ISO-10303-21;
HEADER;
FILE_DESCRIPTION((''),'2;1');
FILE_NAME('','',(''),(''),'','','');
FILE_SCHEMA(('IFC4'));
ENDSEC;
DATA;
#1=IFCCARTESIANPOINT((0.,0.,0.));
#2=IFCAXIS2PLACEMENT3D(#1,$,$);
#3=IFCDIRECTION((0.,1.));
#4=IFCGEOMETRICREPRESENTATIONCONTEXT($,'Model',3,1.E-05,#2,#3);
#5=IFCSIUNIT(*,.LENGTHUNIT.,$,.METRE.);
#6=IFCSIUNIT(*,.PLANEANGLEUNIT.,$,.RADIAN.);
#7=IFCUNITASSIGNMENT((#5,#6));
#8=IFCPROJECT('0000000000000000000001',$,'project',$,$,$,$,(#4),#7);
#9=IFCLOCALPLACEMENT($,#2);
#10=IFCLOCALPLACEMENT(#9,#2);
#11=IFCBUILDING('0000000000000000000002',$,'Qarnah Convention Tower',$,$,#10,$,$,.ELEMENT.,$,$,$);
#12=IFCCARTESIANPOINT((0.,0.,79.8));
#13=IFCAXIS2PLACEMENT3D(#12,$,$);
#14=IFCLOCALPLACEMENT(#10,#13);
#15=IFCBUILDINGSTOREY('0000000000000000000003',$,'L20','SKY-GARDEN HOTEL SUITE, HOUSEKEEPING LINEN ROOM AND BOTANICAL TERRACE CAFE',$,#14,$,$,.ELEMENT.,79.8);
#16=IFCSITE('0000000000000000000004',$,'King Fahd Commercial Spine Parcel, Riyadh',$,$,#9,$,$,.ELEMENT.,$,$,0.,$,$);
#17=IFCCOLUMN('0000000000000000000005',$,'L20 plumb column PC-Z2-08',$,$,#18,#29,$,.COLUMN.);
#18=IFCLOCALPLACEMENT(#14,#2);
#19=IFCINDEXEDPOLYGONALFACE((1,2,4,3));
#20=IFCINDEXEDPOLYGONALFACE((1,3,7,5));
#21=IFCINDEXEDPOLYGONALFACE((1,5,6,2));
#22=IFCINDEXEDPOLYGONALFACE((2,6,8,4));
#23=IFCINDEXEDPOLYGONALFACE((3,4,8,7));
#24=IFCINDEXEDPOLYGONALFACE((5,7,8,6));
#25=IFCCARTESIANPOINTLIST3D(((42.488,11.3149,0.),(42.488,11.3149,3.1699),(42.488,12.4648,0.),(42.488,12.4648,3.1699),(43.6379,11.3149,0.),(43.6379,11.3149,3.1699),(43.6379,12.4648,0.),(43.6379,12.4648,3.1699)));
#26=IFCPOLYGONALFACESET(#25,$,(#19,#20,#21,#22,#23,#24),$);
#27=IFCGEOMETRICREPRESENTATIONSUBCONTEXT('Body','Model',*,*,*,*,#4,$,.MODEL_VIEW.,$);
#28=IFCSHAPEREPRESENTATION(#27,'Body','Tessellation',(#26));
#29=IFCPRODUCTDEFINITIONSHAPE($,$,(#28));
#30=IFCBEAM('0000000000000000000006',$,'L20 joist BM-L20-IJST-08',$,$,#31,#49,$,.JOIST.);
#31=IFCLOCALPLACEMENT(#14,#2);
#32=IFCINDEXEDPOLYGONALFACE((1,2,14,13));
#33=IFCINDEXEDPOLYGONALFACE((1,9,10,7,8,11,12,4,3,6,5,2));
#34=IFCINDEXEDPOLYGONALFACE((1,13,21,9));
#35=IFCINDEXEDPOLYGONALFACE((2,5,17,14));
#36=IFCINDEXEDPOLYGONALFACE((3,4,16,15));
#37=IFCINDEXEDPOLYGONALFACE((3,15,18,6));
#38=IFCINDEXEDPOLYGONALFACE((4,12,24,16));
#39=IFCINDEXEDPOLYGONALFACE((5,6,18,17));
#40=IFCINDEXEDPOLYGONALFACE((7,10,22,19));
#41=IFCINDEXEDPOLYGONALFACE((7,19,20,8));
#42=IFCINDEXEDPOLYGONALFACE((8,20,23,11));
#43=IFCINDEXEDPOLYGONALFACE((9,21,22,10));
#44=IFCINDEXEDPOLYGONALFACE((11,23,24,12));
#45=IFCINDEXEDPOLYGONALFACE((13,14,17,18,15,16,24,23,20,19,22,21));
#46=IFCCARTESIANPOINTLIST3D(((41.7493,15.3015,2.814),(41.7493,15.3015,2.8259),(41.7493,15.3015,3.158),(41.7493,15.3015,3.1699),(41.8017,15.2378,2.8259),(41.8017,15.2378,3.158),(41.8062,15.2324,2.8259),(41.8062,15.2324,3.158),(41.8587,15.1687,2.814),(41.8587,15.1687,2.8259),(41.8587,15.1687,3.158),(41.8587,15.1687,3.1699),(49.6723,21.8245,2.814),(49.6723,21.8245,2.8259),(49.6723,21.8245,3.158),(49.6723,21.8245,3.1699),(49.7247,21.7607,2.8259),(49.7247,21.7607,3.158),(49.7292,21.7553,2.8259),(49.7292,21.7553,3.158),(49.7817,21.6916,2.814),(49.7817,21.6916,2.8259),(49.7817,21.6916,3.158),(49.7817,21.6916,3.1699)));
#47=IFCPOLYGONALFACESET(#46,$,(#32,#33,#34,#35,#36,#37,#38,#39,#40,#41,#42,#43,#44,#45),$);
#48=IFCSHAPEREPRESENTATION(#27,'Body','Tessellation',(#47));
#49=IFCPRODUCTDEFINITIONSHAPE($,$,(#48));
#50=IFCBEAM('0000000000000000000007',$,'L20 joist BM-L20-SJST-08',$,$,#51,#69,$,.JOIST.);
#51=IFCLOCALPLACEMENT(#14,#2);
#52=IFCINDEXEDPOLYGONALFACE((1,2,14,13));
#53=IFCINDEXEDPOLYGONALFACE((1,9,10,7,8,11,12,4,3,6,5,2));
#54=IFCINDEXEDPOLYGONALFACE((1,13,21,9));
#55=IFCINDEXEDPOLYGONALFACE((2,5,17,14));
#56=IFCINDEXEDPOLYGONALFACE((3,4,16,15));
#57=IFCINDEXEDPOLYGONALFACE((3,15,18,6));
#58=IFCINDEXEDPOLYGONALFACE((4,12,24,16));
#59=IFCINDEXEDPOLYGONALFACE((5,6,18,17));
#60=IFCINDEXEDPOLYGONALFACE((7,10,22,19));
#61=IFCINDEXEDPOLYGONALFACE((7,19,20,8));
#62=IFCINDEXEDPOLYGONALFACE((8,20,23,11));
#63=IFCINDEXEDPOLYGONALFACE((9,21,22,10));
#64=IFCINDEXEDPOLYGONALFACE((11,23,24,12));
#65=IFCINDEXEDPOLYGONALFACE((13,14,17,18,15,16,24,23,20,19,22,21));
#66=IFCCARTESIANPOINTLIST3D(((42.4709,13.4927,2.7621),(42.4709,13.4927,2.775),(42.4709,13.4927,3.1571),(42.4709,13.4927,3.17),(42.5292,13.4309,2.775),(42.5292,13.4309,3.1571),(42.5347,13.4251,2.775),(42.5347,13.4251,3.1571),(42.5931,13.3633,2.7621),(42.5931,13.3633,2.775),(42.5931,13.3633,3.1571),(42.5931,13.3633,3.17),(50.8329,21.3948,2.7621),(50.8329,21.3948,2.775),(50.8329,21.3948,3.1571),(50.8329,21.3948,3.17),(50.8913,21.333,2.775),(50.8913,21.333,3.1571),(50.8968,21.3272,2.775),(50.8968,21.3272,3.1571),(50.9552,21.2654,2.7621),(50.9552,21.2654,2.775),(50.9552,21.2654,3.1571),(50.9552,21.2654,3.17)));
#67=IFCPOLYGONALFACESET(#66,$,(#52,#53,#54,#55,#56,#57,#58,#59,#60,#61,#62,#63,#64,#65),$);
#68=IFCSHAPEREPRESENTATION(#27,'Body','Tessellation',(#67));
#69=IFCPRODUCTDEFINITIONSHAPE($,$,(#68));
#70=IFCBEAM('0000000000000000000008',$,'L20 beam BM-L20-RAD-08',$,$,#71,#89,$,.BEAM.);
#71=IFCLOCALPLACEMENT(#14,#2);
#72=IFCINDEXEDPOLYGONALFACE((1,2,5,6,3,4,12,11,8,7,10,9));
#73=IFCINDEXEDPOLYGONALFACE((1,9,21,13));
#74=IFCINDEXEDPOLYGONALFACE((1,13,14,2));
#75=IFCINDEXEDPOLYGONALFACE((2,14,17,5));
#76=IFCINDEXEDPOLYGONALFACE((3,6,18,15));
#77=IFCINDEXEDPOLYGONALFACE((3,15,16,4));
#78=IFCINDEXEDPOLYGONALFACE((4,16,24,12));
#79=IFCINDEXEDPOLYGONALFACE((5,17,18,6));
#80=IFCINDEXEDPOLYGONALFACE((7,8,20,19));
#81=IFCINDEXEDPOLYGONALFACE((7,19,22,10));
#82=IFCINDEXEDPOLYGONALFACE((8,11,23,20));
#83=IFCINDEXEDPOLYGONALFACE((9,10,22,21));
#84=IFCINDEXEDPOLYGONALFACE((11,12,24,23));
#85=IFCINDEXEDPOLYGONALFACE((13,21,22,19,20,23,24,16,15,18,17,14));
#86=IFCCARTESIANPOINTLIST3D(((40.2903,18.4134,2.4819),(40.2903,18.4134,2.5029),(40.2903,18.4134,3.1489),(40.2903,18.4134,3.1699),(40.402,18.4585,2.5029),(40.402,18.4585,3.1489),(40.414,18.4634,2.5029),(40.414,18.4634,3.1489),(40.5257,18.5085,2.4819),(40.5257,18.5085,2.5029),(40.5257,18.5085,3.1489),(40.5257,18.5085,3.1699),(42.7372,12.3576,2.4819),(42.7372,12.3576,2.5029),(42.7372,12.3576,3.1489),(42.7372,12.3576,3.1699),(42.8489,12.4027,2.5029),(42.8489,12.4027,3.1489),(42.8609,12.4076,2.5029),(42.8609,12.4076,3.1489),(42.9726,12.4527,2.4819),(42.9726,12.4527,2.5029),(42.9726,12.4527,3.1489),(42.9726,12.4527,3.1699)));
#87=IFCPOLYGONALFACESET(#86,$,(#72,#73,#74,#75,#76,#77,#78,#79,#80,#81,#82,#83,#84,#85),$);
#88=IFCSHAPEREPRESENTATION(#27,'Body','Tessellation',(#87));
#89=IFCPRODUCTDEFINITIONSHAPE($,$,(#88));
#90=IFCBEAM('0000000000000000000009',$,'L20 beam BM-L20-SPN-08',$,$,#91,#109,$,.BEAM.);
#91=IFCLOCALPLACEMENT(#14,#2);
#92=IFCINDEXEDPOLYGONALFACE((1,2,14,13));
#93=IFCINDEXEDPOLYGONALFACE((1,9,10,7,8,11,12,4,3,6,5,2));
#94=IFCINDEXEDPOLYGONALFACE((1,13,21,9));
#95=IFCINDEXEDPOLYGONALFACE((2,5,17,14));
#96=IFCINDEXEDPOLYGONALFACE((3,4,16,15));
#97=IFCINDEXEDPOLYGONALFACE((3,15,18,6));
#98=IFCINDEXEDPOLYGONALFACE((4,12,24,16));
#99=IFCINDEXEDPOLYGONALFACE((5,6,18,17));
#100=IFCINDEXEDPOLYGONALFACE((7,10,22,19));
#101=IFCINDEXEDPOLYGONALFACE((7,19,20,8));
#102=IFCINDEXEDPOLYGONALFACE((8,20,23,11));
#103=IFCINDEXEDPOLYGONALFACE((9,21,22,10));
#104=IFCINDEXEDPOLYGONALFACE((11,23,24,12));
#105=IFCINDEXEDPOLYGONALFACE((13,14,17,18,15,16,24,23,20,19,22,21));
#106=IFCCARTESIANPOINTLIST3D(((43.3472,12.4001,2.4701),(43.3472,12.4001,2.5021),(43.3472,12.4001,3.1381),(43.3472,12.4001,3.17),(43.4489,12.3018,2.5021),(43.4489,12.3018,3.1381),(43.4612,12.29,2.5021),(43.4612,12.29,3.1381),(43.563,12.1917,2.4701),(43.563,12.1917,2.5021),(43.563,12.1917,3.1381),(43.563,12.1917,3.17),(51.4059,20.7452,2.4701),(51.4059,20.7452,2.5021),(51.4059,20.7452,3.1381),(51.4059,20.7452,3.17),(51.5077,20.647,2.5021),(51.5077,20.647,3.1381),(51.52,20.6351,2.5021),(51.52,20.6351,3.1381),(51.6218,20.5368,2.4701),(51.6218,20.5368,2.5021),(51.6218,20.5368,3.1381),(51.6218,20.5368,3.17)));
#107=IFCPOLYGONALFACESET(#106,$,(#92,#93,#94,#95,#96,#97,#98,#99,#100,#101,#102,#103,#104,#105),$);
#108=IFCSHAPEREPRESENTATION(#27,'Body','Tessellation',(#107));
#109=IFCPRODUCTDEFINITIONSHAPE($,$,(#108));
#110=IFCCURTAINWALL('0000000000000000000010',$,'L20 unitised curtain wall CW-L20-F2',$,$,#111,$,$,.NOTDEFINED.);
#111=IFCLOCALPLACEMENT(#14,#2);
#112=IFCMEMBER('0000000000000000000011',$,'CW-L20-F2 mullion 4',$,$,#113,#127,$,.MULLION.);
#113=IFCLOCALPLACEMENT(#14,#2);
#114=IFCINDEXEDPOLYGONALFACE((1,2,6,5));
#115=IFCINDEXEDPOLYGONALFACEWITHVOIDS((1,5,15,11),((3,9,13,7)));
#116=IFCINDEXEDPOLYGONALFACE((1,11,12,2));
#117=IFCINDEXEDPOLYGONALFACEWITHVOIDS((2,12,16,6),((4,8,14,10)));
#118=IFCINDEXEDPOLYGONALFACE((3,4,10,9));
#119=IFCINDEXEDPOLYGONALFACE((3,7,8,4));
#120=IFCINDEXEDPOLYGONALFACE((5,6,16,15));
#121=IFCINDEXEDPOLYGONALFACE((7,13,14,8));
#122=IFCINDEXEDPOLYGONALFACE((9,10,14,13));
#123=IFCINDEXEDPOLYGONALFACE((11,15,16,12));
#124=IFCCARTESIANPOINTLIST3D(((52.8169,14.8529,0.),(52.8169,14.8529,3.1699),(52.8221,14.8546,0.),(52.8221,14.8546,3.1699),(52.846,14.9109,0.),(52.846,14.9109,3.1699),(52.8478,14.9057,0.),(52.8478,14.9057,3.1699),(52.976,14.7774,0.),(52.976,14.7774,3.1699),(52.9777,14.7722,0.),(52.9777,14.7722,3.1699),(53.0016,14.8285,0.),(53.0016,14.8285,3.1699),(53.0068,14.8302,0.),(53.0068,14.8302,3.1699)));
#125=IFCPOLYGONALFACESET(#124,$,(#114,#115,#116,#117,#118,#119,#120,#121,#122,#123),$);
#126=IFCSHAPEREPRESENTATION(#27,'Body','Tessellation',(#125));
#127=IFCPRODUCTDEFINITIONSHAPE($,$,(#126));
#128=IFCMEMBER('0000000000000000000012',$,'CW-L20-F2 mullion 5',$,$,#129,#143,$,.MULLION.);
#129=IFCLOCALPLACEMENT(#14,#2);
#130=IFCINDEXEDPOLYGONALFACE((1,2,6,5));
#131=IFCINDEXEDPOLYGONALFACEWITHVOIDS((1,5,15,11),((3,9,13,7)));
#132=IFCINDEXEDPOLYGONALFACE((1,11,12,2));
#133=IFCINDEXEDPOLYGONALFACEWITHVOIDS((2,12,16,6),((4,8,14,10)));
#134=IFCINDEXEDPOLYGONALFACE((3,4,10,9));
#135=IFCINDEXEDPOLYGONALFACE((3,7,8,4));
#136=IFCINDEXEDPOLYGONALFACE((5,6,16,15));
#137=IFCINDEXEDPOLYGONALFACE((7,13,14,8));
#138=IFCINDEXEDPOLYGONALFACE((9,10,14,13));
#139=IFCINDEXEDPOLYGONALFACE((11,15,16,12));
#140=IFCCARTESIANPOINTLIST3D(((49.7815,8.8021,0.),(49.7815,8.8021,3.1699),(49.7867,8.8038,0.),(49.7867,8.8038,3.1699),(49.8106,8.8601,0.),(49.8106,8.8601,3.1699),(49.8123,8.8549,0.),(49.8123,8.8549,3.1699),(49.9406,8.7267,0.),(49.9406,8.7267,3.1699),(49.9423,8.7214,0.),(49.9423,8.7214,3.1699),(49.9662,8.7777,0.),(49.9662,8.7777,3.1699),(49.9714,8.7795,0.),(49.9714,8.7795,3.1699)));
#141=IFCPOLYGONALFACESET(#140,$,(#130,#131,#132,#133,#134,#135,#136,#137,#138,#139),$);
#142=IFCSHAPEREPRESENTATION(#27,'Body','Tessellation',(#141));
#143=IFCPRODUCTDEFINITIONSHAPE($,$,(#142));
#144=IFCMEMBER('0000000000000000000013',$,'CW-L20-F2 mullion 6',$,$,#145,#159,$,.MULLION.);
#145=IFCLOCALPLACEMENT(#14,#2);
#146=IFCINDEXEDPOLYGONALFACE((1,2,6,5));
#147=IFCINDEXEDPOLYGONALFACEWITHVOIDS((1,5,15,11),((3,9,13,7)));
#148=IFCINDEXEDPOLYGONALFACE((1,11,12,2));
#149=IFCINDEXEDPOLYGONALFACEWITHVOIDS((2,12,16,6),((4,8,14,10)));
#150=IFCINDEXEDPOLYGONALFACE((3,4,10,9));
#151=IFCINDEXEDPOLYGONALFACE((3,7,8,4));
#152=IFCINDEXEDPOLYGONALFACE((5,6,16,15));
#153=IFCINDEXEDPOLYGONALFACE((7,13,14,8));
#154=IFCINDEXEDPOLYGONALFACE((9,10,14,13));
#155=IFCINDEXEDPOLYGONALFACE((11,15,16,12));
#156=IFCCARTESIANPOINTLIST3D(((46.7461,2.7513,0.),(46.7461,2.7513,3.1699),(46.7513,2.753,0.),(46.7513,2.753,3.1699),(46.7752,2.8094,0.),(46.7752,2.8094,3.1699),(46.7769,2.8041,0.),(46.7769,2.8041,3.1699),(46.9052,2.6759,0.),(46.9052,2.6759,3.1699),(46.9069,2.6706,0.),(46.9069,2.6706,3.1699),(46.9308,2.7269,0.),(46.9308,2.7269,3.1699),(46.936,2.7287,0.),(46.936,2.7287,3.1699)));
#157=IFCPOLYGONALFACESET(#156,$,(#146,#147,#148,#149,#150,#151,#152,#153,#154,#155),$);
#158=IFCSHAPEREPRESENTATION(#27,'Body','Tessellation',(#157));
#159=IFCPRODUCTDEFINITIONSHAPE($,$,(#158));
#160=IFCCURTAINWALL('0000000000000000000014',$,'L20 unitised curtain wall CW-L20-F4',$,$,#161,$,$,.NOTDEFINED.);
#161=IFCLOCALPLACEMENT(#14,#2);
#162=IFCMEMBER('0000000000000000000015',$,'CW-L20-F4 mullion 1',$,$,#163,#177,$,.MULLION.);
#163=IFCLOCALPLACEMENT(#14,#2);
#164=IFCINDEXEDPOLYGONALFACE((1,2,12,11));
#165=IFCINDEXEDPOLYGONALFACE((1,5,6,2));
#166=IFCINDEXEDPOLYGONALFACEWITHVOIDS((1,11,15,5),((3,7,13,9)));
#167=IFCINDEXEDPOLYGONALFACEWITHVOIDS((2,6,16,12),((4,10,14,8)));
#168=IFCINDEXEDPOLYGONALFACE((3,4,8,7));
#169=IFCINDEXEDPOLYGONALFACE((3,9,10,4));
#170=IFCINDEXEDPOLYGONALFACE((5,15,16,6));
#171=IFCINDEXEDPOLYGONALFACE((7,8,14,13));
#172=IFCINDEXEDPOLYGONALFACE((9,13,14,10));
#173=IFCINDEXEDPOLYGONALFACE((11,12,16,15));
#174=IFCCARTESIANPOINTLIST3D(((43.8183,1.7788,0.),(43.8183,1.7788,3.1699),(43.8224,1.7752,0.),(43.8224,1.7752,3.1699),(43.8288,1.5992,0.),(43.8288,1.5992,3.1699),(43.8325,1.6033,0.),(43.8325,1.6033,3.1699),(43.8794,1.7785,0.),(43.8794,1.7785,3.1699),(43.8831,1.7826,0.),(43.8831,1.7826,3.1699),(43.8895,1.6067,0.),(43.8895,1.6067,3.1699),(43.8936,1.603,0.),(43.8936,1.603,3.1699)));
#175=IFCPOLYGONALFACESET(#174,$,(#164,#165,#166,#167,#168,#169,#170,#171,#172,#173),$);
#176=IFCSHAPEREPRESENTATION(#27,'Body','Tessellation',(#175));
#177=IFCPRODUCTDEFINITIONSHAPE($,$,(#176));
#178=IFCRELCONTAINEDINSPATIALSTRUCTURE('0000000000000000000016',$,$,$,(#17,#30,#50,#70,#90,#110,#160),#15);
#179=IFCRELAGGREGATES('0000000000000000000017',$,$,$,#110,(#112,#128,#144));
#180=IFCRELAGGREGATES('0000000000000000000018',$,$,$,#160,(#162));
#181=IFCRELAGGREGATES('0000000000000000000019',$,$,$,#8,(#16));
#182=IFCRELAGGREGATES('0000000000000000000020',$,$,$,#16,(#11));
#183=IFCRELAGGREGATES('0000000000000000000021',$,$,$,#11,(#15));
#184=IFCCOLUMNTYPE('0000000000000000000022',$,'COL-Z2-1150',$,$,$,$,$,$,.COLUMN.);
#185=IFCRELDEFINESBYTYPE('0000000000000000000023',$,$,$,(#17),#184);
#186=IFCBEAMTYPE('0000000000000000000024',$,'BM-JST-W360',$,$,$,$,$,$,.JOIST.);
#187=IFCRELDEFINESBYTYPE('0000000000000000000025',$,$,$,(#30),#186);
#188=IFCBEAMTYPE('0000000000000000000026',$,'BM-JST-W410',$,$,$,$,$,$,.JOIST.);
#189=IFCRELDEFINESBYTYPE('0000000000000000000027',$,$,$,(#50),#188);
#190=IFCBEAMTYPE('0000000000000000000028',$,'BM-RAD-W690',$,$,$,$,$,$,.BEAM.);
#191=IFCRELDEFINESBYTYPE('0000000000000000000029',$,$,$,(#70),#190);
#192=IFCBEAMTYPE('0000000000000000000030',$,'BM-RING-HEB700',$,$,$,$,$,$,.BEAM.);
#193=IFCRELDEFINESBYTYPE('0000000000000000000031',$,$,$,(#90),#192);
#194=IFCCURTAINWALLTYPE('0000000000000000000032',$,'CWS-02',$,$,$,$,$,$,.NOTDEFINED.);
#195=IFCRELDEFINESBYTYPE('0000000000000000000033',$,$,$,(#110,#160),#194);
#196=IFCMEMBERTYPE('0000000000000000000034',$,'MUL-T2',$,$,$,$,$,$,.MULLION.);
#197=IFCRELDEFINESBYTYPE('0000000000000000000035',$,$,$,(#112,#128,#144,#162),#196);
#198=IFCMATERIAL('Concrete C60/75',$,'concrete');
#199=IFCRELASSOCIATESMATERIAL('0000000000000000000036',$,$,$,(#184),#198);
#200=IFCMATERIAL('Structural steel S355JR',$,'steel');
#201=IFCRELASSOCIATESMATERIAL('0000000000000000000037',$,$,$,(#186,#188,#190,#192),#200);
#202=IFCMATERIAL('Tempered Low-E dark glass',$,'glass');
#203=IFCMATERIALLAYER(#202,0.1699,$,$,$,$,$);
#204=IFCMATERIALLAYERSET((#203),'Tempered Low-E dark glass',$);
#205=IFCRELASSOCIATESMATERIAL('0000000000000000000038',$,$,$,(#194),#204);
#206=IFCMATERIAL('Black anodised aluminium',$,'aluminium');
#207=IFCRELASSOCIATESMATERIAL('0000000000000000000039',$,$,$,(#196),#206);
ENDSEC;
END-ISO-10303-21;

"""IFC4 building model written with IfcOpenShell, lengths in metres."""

from ifc_helpers import new_model, si_unit, direction, frame, origin, origin_2d, place, context, subcontext, project, spatial, rectangle, hollow_rectangle, i_section, extrude, material, layer, layer_set, material_profile, profile_set, type_object, element, aggregate, save


model = new_model("IFC4")

# Units and contexts
model_context = context("Model", 3, precision=1e-05, world=origin(), true_north=direction((0.0, 1.0)))
body_context = subcontext(model_context, "Body", "Model", "MODEL_VIEW")
ifc_project = project(units=[si_unit("LENGTHUNIT", "METRE"), si_unit("PLANEANGLEUNIT", "RADIAN")], contexts=[model_context])

# Site, building, storey
site_placement = place(None, origin())
site = spatial("IfcSite", under=ifc_project, at=site_placement, Name="King Fahd Commercial Spine Parcel, Riyadh", CompositionType="ELEMENT", RefElevation=0.0)
building_placement = place(site_placement, origin())
building = spatial("IfcBuilding", under=site, at=building_placement, Name="Qarnah Convention Tower", CompositionType="ELEMENT")
storey_placement = place(building_placement, frame((0.0, 0.0, 79.8)))
storey = spatial("IfcBuildingStorey", under=building, at=storey_placement, Name="L20", Description="SKY-GARDEN HOTEL SUITE, HOUSEKEEPING LINEN ROOM AND BOTANICAL TERRACE CAFE", CompositionType="ELEMENT", Elevation=79.8)

# Column
ifc_material_1 = material(Name="Concrete C60/75", Category="concrete")
ifc_material_profile_1 = material_profile(ifc_material_1, rectangle(XDim=1.1499, YDim=1.1499, at=origin_2d()), Name="RC-COL-1150X1150")
ifc_profile_set_1 = profile_set([ifc_material_profile_1], Name="Concrete C60/75")
column_type = type_object("IfcColumnType", Name="COL-Z2-1150", PredefinedType="COLUMN", material=ifc_profile_set_1)
column_placement = place(storey_placement, frame((43.063, 11.8899, 0.0), z_axis=(0.0, 0.0, 1.0), x_axis=(1.0, 0.0, 0.0)))
element("IfcColumn", 1, at=column_placement, inside=storey, type_object=column_type, Name="L20 plumb column PC-Z2-08", PredefinedType="COLUMN", context=body_context, shape_type="SweptSolid", body=[
    extrude(rectangle(XDim=1.1499, YDim=1.1499, at=origin_2d()), origin(), (0.0, 0.0, 1.0), 3.1699),
])

# Beams
ifc_material_2 = material(Name="Structural steel S355JR", Category="steel")
ifc_material_profile_2 = material_profile(ifc_material_2, i_section(OverallWidth=0.1721, OverallDepth=0.356, WebThickness=0.0071, FlangeThickness=0.012, at=origin_2d()), Name="W360X51")
ifc_profile_set_2 = profile_set([ifc_material_profile_2], Name="Structural steel S355JR")
beam_type_1 = type_object("IfcBeamType", Name="BM-JST-W360", PredefinedType="JOIST", material=ifc_profile_set_2)
beam_1_placement = place(storey_placement, frame((41.804, 15.2351, 2.9919), z_axis=(0.772024, 0.635594, 0.0), x_axis=(-0.635594, 0.772024, 0.0)))
element("IfcBeam", 2, at=beam_1_placement, inside=storey, type_object=beam_type_1, Name="L20 joist BM-L20-IJST-08", PredefinedType="JOIST", context=body_context, shape_type="SweptSolid", body=[
    extrude(i_section(OverallWidth=0.1721, OverallDepth=0.356, WebThickness=0.0071, FlangeThickness=0.012, at=origin_2d()), origin(), (0.0, 0.0, 1.0), 10.2627),
])
ifc_material_profile_3 = material_profile(ifc_material_2, i_section(OverallWidth=0.178, OverallDepth=0.408, WebThickness=0.0081, FlangeThickness=0.0129, at=origin_2d()), Name="W410X60")
ifc_profile_set_3 = profile_set([ifc_material_profile_3], Name="Structural steel S355JR")
beam_type_2 = type_object("IfcBeamType", Name="BM-JST-W410", PredefinedType="JOIST", material=ifc_profile_set_3)
beam_2_placement = place(storey_placement, frame((42.532, 13.428, 2.9661), z_axis=(0.726814, 0.686835, 0.0), x_axis=(-0.686835, 0.726814, 0.0)))
element("IfcBeam", 3, at=beam_2_placement, inside=storey, type_object=beam_type_2, Name="L20 joist BM-L20-SJST-08", PredefinedType="JOIST", context=body_context, shape_type="SweptSolid", body=[
    extrude(i_section(OverallWidth=0.178, OverallDepth=0.408, WebThickness=0.0081, FlangeThickness=0.0129, at=origin_2d()), origin(), (0.0, 0.0, 1.0), 11.5051),
])
ifc_material_profile_4 = material_profile(ifc_material_2, i_section(OverallWidth=0.2539, OverallDepth=0.688, WebThickness=0.0129, FlangeThickness=0.021, at=origin_2d()), Name="W690X152")
ifc_profile_set_4 = profile_set([ifc_material_profile_4], Name="Structural steel S355JR")
beam_type_3 = type_object("IfcBeamType", Name="BM-RAD-W690", PredefinedType="BEAM", material=ifc_profile_set_4)
beam_3_placement = place(storey_placement, frame((40.408, 18.4609, 2.8259), z_axis=(0.374643, -0.927169, 0.0), x_axis=(0.927169, 0.374643, 0.0)))
element("IfcBeam", 4, at=beam_3_placement, inside=storey, type_object=beam_type_3, Name="L20 beam BM-L20-RAD-08", PredefinedType="BEAM", context=body_context, shape_type="SweptSolid", body=[
    extrude(i_section(OverallWidth=0.2539, OverallDepth=0.688, WebThickness=0.0129, FlangeThickness=0.021, at=origin_2d()), origin(), (0.0, 0.0, 1.0), 6.5315),
])
ifc_material_profile_5 = material_profile(ifc_material_2, i_section(OverallWidth=0.3, OverallDepth=0.7, WebThickness=0.0171, FlangeThickness=0.032, at=origin_2d()), Name="HEB700")
ifc_profile_set_5 = profile_set([ifc_material_profile_5], Name="Structural steel S355JR")
beam_type_4 = type_object("IfcBeamType", Name="BM-RING-HEB700", PredefinedType="BEAM", material=ifc_profile_set_5)
beam_4_placement = place(storey_placement, frame((43.4551, 12.2959, 2.8201), z_axis=(0.694656, 0.719342, 0.0), x_axis=(-0.719342, 0.694656, 0.0)))
element("IfcBeam", 5, at=beam_4_placement, inside=storey, type_object=beam_type_4, Name="L20 beam BM-L20-SPN-08", PredefinedType="BEAM", context=body_context, shape_type="SweptSolid", body=[
    extrude(i_section(OverallWidth=0.3, OverallDepth=0.7, WebThickness=0.0171, FlangeThickness=0.032, at=origin_2d()), origin(), (0.0, 0.0, 1.0), 11.6011),
])

# Curtain walls, members
ifc_material_3 = material(Name="Tempered Low-E dark glass", Category="glass")
ifc_layer_1 = layer(ifc_material_3, 0.1699)
ifc_layer_set_1 = layer_set([ifc_layer_1], Name="Tempered Low-E dark glass")
curtain_wall_type = type_object("IfcCurtainWallType", Name="CWS-02", PredefinedType="NOTDEFINED", material=ifc_layer_set_1)
curtain_wall_1_placement = place(storey_placement, origin())
curtain_wall_1 = element("IfcCurtainWall", 6, at=curtain_wall_1_placement, inside=storey, type_object=curtain_wall_type, Name="L20 unitised curtain wall CW-L20-F2", PredefinedType="NOTDEFINED")
ifc_material_4 = material(Name="Black anodised aluminium", Category="aluminium")
ifc_material_profile_6 = material_profile(ifc_material_4, hollow_rectangle(XDim=0.0649, YDim=0.1799, WallThickness=0.0039, at=origin_2d()), Name="MUL-65X180")
ifc_profile_set_6 = profile_set([ifc_material_profile_6], Name="Black anodised aluminium")
member_type_1 = type_object("IfcMemberType", Name="MUL-T2", PredefinedType="MULLION", material=ifc_profile_set_6)
member_1_placement = place(storey_placement, frame((52.9119, 14.8416, 0.0), z_axis=(0.0, 0.0, 1.0), x_axis=(-0.448395, -0.893836, 0.0)))
member_1 = element("IfcMember", 7, at=member_1_placement, type_object=member_type_1, Name="CW-L20-F2 mullion 4", PredefinedType="MULLION", context=body_context, shape_type="SweptSolid", body=[
    extrude(hollow_rectangle(XDim=0.0649, YDim=0.1799, WallThickness=0.0039, at=origin_2d()), origin(), (0.0, 0.0, 1.0), 3.1699),
])
member_2_placement = place(storey_placement, frame((49.8765, 8.7908, 0.0), z_axis=(0.0, 0.0, 1.0), x_axis=(-0.448395, -0.893836, 0.0)))
member_2 = element("IfcMember", 8, at=member_2_placement, type_object=member_type_1, Name="CW-L20-F2 mullion 5", PredefinedType="MULLION", context=body_context, shape_type="SweptSolid", body=[
    extrude(hollow_rectangle(XDim=0.0649, YDim=0.1799, WallThickness=0.0039, at=origin_2d()), origin(), (0.0, 0.0, 1.0), 3.1699),
])
member_3_placement = place(storey_placement, frame((46.8411, 2.74, 0.0), z_axis=(0.0, 0.0, 1.0), x_axis=(-0.448395, -0.893836, 0.0)))
member_3 = element("IfcMember", 9, at=member_3_placement, type_object=member_type_1, Name="CW-L20-F2 mullion 6", PredefinedType="MULLION", context=body_context, shape_type="SweptSolid", body=[
    extrude(hollow_rectangle(XDim=0.0649, YDim=0.1799, WallThickness=0.0039, at=origin_2d()), origin(), (0.0, 0.0, 1.0), 3.1699),
])
curtain_wall_2_placement = place(storey_placement, origin())
curtain_wall_2 = element("IfcCurtainWall", 10, at=curtain_wall_2_placement, inside=storey, type_object=curtain_wall_type, Name="L20 unitised curtain wall CW-L20-F4", PredefinedType="NOTDEFINED")
member_4_placement = place(storey_placement, frame((43.856, 1.6909, 0.0), z_axis=(0.0, 0.0, 1.0), x_axis=(-0.998282, -0.058599, 0.0)))
member_4 = element("IfcMember", 11, at=member_4_placement, type_object=member_type_1, Name="CW-L20-F4 mullion 1", PredefinedType="MULLION", context=body_context, shape_type="SweptSolid", body=[
    extrude(hollow_rectangle(XDim=0.0649, YDim=0.1799, WallThickness=0.0039, at=origin_2d()), origin(), (0.0, 0.0, 1.0), 3.1699),
])

aggregate(curtain_wall_1, [member_1, member_2, member_3])
aggregate(curtain_wall_2, [member_4])

save(model, "model.ifc")
